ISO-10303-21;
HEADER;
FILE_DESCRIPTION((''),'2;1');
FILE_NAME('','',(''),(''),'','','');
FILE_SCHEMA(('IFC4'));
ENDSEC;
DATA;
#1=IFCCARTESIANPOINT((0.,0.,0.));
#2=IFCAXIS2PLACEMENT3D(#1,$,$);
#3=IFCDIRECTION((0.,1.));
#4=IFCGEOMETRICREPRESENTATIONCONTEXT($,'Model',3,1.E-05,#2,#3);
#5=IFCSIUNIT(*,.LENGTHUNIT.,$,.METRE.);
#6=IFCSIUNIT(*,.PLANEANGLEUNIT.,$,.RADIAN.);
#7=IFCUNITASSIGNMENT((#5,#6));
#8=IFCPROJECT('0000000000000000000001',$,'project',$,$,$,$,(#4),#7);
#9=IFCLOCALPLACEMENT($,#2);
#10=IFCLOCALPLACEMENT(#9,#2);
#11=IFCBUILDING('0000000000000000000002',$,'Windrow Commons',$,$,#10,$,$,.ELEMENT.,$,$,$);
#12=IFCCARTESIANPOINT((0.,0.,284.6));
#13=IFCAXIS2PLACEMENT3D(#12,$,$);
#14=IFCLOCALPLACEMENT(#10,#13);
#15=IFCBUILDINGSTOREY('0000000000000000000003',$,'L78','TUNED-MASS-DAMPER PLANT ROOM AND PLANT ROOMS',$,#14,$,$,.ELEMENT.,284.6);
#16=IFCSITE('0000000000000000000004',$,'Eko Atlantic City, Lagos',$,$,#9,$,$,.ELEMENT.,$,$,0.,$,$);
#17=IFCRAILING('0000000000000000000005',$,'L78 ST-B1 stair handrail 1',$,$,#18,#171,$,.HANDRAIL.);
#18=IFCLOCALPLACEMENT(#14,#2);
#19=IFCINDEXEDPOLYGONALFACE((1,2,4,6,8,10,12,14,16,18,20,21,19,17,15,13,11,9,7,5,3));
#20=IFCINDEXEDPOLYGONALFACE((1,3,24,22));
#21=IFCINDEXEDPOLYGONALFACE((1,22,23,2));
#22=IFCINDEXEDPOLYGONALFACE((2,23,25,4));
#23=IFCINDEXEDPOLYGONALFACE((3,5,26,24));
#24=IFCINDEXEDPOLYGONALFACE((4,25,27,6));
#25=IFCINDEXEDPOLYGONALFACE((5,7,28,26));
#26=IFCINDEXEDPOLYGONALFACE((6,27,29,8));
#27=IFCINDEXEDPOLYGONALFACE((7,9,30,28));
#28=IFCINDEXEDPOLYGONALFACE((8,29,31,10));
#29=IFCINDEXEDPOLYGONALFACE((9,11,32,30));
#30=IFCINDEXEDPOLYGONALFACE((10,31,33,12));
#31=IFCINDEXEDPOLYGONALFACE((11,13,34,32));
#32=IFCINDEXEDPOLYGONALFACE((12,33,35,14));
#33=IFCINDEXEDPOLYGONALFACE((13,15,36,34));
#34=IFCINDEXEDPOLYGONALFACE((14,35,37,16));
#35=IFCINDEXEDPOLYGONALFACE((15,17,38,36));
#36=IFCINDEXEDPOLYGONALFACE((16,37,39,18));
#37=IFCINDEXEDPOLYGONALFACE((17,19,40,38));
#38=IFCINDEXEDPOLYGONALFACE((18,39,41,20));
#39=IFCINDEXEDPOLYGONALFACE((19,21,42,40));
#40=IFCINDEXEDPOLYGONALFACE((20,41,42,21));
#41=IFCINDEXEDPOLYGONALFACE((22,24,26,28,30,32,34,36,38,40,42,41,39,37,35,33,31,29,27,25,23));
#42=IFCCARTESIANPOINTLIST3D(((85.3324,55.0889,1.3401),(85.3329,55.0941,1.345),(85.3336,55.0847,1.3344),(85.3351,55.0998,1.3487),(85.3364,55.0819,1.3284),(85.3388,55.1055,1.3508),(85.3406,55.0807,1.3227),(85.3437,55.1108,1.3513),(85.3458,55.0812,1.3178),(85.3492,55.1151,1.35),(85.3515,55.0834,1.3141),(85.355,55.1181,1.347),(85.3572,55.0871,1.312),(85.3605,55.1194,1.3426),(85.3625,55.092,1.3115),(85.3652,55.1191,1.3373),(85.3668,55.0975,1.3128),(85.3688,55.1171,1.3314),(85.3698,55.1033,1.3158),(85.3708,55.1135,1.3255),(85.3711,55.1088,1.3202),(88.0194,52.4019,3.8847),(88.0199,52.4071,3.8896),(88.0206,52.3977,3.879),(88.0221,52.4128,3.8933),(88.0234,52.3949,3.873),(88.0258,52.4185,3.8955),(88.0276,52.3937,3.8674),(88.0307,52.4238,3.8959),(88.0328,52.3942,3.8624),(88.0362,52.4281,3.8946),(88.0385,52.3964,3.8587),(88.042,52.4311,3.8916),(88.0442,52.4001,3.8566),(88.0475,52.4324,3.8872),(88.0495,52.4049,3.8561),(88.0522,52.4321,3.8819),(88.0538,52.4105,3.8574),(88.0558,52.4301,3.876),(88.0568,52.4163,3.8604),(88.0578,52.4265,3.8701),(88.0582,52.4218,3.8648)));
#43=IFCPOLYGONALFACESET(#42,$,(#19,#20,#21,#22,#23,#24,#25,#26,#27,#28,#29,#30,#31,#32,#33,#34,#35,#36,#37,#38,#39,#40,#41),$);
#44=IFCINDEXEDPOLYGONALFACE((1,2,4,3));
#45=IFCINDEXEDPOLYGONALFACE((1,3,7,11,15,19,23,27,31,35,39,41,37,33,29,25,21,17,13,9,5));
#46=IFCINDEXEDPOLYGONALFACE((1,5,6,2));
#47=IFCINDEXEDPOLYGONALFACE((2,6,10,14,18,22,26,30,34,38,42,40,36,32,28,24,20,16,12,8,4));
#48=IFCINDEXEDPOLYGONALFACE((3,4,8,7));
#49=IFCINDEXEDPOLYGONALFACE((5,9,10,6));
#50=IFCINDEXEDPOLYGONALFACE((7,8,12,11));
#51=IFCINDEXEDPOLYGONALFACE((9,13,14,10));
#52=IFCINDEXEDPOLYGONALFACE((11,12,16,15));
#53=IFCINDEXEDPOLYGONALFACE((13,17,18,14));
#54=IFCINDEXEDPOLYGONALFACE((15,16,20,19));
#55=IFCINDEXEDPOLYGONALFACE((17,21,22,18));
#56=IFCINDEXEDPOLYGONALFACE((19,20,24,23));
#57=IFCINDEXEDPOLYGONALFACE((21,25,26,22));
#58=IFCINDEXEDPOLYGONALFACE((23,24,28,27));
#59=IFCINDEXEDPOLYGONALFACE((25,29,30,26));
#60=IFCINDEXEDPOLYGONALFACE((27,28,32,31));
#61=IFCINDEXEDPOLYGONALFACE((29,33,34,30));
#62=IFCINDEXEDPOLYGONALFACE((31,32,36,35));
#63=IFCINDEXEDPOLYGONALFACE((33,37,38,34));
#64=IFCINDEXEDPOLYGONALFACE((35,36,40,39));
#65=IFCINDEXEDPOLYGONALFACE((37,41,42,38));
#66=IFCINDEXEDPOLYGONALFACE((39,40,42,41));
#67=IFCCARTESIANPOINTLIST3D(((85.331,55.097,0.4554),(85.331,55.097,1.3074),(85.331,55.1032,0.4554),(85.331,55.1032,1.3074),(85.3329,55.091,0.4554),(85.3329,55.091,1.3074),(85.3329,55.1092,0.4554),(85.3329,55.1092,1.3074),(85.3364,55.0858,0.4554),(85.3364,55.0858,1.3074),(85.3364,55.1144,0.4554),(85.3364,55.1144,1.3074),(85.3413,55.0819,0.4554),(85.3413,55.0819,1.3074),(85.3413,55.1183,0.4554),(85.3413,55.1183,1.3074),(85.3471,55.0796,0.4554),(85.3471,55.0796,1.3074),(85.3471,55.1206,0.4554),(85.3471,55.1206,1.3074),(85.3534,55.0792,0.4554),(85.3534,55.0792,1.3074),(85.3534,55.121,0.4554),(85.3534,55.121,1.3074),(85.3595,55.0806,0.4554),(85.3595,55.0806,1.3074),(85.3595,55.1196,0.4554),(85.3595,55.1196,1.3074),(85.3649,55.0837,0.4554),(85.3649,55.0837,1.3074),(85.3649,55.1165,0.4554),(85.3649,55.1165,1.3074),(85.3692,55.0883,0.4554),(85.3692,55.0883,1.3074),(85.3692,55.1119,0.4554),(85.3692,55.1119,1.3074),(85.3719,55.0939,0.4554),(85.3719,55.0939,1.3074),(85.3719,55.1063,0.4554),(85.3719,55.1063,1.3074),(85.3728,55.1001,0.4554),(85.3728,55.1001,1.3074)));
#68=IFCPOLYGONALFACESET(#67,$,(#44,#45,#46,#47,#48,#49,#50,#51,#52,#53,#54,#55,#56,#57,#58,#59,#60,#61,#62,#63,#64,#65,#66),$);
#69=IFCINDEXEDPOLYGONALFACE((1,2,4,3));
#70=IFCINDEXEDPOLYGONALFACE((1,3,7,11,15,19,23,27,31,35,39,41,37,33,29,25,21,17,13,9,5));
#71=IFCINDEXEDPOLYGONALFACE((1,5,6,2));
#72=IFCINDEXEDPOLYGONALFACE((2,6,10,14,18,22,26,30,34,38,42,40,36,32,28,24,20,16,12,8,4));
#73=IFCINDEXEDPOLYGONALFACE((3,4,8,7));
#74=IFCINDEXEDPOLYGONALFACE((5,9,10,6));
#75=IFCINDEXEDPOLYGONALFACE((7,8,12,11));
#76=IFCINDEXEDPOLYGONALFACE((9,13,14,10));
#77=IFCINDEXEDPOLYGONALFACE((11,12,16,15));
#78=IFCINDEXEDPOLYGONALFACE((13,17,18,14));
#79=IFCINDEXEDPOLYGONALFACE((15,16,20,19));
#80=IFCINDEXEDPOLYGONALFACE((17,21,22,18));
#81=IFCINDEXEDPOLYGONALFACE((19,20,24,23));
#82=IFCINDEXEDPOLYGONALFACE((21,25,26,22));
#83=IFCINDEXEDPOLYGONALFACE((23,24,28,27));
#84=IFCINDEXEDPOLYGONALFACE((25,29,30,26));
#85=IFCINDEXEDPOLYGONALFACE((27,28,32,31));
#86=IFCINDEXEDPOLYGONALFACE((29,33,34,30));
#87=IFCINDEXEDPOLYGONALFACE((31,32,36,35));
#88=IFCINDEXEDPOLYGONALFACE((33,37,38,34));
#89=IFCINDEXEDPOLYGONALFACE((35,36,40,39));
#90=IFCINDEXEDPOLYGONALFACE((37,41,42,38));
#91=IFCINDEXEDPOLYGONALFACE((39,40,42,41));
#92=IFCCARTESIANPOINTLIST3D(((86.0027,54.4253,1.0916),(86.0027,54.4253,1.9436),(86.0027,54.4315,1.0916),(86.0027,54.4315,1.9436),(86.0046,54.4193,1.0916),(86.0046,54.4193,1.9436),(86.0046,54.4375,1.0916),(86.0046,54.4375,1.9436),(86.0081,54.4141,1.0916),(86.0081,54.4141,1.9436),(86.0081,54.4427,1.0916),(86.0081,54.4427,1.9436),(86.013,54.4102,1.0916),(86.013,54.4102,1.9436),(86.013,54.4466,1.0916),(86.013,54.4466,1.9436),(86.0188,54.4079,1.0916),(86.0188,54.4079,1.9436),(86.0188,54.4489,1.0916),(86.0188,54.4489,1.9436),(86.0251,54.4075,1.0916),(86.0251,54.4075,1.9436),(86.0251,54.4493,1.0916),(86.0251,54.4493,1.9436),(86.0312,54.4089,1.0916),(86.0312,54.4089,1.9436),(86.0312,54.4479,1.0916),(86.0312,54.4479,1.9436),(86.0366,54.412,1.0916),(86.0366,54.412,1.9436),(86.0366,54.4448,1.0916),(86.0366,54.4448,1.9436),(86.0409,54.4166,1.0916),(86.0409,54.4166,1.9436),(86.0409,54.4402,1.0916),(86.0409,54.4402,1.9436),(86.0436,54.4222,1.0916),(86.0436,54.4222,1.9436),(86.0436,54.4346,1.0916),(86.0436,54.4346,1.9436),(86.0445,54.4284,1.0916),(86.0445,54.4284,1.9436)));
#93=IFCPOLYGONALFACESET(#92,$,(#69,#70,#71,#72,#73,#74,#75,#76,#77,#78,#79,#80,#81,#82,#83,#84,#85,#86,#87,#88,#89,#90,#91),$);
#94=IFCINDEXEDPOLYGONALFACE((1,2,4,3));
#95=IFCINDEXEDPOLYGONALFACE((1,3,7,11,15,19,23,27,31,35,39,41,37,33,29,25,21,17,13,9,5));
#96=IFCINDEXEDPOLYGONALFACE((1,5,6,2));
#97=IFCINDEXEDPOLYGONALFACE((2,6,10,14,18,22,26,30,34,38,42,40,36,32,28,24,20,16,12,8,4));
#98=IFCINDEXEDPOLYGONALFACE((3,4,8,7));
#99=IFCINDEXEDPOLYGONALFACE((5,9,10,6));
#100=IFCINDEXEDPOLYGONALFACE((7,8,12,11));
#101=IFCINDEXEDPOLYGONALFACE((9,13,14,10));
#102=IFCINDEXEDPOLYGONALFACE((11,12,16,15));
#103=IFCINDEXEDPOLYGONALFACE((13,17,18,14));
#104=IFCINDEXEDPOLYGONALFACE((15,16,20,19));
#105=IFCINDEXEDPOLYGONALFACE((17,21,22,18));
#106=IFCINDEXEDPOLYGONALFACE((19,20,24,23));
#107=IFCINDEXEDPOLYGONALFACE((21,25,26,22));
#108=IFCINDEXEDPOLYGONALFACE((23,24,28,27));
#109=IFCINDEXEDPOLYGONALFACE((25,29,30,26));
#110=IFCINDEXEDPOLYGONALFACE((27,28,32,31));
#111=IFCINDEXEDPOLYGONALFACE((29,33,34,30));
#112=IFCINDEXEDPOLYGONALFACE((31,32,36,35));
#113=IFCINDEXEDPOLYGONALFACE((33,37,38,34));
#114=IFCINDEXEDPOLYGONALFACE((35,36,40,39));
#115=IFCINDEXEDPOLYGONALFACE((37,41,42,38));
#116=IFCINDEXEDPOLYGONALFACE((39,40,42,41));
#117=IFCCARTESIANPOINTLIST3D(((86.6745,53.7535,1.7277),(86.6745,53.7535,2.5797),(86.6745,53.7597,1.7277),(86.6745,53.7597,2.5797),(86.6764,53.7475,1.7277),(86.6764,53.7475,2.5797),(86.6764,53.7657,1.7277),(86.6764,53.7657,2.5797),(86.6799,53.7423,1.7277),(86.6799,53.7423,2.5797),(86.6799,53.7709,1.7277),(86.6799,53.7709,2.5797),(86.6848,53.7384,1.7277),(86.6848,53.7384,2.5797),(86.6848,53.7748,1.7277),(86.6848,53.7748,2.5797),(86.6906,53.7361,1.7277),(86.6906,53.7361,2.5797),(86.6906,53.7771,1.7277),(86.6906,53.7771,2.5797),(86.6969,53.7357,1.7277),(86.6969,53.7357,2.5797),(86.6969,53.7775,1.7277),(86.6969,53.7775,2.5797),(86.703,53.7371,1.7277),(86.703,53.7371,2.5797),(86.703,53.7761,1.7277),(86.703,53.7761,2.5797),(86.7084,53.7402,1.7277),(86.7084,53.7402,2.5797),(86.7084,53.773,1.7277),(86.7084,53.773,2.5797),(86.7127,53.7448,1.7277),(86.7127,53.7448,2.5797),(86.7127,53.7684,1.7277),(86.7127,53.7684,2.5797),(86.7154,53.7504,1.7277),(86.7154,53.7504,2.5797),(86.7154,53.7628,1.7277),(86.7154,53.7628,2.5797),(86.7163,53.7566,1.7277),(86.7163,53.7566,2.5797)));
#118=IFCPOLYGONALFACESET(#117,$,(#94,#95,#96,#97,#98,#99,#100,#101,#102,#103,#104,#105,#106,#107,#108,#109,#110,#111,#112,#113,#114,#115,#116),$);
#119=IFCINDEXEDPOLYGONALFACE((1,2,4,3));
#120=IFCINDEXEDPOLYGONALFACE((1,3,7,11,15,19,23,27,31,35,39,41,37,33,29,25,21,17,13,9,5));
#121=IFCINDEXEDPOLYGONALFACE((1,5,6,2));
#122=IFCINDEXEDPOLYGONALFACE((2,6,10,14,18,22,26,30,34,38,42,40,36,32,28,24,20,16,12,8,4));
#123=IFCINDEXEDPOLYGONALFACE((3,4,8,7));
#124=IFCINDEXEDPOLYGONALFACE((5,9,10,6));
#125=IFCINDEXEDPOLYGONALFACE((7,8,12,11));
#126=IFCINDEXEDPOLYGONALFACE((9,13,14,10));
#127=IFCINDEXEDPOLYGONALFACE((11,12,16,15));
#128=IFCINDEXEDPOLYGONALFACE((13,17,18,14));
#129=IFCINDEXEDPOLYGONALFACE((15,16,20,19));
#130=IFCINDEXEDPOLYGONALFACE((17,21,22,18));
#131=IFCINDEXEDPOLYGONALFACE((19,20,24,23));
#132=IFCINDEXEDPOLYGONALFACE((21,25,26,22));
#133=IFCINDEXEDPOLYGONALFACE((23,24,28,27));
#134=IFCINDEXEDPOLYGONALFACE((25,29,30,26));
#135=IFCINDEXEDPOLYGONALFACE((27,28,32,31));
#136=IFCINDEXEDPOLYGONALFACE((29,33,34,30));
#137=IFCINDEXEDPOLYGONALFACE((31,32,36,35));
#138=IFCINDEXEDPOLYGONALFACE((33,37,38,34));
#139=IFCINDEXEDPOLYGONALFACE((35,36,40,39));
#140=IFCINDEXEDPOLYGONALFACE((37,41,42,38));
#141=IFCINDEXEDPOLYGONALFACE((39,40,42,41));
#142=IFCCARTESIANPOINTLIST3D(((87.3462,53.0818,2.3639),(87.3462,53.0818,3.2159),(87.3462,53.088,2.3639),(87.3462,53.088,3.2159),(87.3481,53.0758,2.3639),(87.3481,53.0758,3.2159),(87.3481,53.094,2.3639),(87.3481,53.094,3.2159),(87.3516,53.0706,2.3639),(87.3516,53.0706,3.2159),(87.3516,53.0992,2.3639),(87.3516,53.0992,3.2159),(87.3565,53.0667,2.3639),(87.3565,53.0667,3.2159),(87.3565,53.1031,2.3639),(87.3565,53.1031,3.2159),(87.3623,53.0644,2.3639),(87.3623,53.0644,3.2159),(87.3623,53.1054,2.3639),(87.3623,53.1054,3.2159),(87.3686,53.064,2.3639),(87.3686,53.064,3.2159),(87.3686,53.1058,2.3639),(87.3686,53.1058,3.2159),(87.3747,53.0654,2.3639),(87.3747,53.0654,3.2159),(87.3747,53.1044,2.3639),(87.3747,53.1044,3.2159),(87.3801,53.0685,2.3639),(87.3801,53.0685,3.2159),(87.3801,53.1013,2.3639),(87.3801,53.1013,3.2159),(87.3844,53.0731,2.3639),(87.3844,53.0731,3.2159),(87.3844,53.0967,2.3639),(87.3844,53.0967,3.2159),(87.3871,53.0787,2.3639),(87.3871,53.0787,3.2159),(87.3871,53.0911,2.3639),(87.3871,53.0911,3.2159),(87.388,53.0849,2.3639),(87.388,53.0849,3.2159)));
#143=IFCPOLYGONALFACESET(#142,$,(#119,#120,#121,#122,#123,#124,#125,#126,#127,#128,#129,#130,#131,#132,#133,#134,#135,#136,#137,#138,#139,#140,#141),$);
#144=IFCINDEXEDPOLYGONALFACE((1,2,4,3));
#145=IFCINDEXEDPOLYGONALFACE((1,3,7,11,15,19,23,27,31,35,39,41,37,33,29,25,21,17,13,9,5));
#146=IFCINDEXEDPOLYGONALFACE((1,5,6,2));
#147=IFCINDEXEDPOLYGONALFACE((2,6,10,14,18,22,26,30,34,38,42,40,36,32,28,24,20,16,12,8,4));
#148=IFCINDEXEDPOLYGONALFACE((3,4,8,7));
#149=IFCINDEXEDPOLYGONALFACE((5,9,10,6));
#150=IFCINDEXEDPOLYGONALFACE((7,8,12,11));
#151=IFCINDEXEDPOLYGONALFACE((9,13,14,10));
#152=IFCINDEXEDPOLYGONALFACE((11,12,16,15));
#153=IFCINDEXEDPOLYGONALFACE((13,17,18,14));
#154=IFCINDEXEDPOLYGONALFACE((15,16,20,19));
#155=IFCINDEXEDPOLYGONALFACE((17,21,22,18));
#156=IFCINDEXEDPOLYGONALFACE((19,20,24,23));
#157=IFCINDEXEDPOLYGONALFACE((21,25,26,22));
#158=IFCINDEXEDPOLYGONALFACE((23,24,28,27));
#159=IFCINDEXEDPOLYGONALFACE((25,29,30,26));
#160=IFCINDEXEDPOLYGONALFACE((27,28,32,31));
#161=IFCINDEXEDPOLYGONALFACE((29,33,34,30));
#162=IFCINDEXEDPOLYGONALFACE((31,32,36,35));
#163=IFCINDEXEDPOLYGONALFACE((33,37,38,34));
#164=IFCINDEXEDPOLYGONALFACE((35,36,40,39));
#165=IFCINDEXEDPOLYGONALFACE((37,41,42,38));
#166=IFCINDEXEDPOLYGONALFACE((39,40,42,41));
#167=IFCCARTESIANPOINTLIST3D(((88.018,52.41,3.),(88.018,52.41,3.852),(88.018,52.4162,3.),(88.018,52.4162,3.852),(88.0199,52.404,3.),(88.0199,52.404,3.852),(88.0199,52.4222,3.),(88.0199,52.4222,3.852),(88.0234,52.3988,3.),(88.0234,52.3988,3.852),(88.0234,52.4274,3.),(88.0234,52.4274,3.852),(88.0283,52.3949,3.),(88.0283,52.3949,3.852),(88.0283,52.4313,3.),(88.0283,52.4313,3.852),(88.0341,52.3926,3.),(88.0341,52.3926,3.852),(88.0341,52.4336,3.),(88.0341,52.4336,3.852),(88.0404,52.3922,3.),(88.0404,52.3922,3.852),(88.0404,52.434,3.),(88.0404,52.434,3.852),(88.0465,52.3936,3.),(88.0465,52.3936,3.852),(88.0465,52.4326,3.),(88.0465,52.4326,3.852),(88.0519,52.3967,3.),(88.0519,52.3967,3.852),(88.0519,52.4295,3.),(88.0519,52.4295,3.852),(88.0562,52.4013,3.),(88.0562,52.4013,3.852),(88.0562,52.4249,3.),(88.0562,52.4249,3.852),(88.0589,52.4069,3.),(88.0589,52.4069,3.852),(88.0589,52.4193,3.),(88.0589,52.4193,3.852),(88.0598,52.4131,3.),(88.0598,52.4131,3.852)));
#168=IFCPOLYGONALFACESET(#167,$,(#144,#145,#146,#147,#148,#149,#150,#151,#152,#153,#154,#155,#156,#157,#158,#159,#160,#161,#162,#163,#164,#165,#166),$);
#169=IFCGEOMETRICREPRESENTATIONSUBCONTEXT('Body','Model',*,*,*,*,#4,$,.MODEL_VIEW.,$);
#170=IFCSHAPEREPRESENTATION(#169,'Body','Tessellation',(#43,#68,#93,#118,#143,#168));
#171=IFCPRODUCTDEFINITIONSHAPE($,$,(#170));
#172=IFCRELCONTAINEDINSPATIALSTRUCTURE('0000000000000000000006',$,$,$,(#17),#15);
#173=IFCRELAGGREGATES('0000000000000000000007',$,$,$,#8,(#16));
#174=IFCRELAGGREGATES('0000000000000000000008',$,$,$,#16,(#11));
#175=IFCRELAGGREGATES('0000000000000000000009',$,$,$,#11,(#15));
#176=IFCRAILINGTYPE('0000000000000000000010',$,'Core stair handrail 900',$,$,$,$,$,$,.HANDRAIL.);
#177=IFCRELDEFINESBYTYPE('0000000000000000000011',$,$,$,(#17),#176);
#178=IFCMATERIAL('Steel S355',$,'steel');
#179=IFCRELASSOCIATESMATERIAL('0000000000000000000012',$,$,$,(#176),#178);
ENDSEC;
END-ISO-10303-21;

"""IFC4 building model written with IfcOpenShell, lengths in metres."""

from ifc_helpers import new_model, si_unit, direction, frame, origin, origin_2d, place, context, subcontext, project, spatial, circle, extrude, material, type_object, element, save


model = new_model("IFC4")

# Units and contexts
model_context = context("Model", 3, precision=1e-05, world=origin(), true_north=direction((0.0, 1.0)))
body_context = subcontext(model_context, "Body", "Model", "MODEL_VIEW")
ifc_project = project(units=[si_unit("LENGTHUNIT", "METRE"), si_unit("PLANEANGLEUNIT", "RADIAN")], contexts=[model_context])

# Site, building, storey
site_placement = place(None, origin())
site = spatial("IfcSite", under=ifc_project, at=site_placement, Name="Eko Atlantic City, Lagos", CompositionType="ELEMENT", RefElevation=0.0)
building_placement = place(site_placement, origin())
building = spatial("IfcBuilding", under=site, at=building_placement, Name="Windrow Commons", CompositionType="ELEMENT")
storey_placement = place(building_placement, frame((0.0, 0.0, 284.6)))
storey = spatial("IfcBuildingStorey", under=building, at=storey_placement, Name="L78", Description="TUNED-MASS-DAMPER PLANT ROOM AND PLANT ROOMS", CompositionType="ELEMENT", Elevation=284.6)

# Railing
ifc_material_1 = material(Name="Steel S355", Category="steel")
railing_type_1 = type_object("IfcRailingType", Name="Core stair handrail 900", PredefinedType="HANDRAIL", material=ifc_material_1)
railing_1_placement = place(storey_placement, frame((85.3518, 55.1001, 0.4554)))
element("IfcRailing", 1, at=railing_1_placement, inside=storey, type_object=railing_type_1, Name="L78 ST-B1 stair handrail 1", PredefinedType="HANDRAIL", context=body_context, shape_type="SweptSolid", body=[
    extrude(circle(Radius=0.024, at=origin_2d()), frame((0.0, 0.0, 0.876), z_axis=(0.587543, -0.587543, 0.556405), x_axis=(0.707107, 0.707107, 0.0)), (0.0, 0.0, 1.0), 4.5733),
    extrude(circle(Radius=0.021, at=origin_2d()), origin(), (0.0, 0.0, 1.0), 0.852),
    extrude(circle(Radius=0.021, at=origin_2d()), frame((0.6717, -0.6717, 0.6362)), (0.0, 0.0, 1.0), 0.852),
    extrude(circle(Radius=0.021, at=origin_2d()), frame((1.3435, -1.3435, 1.2723)), (0.0, 0.0, 1.0), 0.852),
    extrude(circle(Radius=0.021, at=origin_2d()), frame((2.0152, -2.0152, 1.9085)), (0.0, 0.0, 1.0), 0.852),
    extrude(circle(Radius=0.021, at=origin_2d()), frame((2.687, -2.687, 2.5446)), (0.0, 0.0, 1.0), 0.852),
])

save(model, "model.ifc")
